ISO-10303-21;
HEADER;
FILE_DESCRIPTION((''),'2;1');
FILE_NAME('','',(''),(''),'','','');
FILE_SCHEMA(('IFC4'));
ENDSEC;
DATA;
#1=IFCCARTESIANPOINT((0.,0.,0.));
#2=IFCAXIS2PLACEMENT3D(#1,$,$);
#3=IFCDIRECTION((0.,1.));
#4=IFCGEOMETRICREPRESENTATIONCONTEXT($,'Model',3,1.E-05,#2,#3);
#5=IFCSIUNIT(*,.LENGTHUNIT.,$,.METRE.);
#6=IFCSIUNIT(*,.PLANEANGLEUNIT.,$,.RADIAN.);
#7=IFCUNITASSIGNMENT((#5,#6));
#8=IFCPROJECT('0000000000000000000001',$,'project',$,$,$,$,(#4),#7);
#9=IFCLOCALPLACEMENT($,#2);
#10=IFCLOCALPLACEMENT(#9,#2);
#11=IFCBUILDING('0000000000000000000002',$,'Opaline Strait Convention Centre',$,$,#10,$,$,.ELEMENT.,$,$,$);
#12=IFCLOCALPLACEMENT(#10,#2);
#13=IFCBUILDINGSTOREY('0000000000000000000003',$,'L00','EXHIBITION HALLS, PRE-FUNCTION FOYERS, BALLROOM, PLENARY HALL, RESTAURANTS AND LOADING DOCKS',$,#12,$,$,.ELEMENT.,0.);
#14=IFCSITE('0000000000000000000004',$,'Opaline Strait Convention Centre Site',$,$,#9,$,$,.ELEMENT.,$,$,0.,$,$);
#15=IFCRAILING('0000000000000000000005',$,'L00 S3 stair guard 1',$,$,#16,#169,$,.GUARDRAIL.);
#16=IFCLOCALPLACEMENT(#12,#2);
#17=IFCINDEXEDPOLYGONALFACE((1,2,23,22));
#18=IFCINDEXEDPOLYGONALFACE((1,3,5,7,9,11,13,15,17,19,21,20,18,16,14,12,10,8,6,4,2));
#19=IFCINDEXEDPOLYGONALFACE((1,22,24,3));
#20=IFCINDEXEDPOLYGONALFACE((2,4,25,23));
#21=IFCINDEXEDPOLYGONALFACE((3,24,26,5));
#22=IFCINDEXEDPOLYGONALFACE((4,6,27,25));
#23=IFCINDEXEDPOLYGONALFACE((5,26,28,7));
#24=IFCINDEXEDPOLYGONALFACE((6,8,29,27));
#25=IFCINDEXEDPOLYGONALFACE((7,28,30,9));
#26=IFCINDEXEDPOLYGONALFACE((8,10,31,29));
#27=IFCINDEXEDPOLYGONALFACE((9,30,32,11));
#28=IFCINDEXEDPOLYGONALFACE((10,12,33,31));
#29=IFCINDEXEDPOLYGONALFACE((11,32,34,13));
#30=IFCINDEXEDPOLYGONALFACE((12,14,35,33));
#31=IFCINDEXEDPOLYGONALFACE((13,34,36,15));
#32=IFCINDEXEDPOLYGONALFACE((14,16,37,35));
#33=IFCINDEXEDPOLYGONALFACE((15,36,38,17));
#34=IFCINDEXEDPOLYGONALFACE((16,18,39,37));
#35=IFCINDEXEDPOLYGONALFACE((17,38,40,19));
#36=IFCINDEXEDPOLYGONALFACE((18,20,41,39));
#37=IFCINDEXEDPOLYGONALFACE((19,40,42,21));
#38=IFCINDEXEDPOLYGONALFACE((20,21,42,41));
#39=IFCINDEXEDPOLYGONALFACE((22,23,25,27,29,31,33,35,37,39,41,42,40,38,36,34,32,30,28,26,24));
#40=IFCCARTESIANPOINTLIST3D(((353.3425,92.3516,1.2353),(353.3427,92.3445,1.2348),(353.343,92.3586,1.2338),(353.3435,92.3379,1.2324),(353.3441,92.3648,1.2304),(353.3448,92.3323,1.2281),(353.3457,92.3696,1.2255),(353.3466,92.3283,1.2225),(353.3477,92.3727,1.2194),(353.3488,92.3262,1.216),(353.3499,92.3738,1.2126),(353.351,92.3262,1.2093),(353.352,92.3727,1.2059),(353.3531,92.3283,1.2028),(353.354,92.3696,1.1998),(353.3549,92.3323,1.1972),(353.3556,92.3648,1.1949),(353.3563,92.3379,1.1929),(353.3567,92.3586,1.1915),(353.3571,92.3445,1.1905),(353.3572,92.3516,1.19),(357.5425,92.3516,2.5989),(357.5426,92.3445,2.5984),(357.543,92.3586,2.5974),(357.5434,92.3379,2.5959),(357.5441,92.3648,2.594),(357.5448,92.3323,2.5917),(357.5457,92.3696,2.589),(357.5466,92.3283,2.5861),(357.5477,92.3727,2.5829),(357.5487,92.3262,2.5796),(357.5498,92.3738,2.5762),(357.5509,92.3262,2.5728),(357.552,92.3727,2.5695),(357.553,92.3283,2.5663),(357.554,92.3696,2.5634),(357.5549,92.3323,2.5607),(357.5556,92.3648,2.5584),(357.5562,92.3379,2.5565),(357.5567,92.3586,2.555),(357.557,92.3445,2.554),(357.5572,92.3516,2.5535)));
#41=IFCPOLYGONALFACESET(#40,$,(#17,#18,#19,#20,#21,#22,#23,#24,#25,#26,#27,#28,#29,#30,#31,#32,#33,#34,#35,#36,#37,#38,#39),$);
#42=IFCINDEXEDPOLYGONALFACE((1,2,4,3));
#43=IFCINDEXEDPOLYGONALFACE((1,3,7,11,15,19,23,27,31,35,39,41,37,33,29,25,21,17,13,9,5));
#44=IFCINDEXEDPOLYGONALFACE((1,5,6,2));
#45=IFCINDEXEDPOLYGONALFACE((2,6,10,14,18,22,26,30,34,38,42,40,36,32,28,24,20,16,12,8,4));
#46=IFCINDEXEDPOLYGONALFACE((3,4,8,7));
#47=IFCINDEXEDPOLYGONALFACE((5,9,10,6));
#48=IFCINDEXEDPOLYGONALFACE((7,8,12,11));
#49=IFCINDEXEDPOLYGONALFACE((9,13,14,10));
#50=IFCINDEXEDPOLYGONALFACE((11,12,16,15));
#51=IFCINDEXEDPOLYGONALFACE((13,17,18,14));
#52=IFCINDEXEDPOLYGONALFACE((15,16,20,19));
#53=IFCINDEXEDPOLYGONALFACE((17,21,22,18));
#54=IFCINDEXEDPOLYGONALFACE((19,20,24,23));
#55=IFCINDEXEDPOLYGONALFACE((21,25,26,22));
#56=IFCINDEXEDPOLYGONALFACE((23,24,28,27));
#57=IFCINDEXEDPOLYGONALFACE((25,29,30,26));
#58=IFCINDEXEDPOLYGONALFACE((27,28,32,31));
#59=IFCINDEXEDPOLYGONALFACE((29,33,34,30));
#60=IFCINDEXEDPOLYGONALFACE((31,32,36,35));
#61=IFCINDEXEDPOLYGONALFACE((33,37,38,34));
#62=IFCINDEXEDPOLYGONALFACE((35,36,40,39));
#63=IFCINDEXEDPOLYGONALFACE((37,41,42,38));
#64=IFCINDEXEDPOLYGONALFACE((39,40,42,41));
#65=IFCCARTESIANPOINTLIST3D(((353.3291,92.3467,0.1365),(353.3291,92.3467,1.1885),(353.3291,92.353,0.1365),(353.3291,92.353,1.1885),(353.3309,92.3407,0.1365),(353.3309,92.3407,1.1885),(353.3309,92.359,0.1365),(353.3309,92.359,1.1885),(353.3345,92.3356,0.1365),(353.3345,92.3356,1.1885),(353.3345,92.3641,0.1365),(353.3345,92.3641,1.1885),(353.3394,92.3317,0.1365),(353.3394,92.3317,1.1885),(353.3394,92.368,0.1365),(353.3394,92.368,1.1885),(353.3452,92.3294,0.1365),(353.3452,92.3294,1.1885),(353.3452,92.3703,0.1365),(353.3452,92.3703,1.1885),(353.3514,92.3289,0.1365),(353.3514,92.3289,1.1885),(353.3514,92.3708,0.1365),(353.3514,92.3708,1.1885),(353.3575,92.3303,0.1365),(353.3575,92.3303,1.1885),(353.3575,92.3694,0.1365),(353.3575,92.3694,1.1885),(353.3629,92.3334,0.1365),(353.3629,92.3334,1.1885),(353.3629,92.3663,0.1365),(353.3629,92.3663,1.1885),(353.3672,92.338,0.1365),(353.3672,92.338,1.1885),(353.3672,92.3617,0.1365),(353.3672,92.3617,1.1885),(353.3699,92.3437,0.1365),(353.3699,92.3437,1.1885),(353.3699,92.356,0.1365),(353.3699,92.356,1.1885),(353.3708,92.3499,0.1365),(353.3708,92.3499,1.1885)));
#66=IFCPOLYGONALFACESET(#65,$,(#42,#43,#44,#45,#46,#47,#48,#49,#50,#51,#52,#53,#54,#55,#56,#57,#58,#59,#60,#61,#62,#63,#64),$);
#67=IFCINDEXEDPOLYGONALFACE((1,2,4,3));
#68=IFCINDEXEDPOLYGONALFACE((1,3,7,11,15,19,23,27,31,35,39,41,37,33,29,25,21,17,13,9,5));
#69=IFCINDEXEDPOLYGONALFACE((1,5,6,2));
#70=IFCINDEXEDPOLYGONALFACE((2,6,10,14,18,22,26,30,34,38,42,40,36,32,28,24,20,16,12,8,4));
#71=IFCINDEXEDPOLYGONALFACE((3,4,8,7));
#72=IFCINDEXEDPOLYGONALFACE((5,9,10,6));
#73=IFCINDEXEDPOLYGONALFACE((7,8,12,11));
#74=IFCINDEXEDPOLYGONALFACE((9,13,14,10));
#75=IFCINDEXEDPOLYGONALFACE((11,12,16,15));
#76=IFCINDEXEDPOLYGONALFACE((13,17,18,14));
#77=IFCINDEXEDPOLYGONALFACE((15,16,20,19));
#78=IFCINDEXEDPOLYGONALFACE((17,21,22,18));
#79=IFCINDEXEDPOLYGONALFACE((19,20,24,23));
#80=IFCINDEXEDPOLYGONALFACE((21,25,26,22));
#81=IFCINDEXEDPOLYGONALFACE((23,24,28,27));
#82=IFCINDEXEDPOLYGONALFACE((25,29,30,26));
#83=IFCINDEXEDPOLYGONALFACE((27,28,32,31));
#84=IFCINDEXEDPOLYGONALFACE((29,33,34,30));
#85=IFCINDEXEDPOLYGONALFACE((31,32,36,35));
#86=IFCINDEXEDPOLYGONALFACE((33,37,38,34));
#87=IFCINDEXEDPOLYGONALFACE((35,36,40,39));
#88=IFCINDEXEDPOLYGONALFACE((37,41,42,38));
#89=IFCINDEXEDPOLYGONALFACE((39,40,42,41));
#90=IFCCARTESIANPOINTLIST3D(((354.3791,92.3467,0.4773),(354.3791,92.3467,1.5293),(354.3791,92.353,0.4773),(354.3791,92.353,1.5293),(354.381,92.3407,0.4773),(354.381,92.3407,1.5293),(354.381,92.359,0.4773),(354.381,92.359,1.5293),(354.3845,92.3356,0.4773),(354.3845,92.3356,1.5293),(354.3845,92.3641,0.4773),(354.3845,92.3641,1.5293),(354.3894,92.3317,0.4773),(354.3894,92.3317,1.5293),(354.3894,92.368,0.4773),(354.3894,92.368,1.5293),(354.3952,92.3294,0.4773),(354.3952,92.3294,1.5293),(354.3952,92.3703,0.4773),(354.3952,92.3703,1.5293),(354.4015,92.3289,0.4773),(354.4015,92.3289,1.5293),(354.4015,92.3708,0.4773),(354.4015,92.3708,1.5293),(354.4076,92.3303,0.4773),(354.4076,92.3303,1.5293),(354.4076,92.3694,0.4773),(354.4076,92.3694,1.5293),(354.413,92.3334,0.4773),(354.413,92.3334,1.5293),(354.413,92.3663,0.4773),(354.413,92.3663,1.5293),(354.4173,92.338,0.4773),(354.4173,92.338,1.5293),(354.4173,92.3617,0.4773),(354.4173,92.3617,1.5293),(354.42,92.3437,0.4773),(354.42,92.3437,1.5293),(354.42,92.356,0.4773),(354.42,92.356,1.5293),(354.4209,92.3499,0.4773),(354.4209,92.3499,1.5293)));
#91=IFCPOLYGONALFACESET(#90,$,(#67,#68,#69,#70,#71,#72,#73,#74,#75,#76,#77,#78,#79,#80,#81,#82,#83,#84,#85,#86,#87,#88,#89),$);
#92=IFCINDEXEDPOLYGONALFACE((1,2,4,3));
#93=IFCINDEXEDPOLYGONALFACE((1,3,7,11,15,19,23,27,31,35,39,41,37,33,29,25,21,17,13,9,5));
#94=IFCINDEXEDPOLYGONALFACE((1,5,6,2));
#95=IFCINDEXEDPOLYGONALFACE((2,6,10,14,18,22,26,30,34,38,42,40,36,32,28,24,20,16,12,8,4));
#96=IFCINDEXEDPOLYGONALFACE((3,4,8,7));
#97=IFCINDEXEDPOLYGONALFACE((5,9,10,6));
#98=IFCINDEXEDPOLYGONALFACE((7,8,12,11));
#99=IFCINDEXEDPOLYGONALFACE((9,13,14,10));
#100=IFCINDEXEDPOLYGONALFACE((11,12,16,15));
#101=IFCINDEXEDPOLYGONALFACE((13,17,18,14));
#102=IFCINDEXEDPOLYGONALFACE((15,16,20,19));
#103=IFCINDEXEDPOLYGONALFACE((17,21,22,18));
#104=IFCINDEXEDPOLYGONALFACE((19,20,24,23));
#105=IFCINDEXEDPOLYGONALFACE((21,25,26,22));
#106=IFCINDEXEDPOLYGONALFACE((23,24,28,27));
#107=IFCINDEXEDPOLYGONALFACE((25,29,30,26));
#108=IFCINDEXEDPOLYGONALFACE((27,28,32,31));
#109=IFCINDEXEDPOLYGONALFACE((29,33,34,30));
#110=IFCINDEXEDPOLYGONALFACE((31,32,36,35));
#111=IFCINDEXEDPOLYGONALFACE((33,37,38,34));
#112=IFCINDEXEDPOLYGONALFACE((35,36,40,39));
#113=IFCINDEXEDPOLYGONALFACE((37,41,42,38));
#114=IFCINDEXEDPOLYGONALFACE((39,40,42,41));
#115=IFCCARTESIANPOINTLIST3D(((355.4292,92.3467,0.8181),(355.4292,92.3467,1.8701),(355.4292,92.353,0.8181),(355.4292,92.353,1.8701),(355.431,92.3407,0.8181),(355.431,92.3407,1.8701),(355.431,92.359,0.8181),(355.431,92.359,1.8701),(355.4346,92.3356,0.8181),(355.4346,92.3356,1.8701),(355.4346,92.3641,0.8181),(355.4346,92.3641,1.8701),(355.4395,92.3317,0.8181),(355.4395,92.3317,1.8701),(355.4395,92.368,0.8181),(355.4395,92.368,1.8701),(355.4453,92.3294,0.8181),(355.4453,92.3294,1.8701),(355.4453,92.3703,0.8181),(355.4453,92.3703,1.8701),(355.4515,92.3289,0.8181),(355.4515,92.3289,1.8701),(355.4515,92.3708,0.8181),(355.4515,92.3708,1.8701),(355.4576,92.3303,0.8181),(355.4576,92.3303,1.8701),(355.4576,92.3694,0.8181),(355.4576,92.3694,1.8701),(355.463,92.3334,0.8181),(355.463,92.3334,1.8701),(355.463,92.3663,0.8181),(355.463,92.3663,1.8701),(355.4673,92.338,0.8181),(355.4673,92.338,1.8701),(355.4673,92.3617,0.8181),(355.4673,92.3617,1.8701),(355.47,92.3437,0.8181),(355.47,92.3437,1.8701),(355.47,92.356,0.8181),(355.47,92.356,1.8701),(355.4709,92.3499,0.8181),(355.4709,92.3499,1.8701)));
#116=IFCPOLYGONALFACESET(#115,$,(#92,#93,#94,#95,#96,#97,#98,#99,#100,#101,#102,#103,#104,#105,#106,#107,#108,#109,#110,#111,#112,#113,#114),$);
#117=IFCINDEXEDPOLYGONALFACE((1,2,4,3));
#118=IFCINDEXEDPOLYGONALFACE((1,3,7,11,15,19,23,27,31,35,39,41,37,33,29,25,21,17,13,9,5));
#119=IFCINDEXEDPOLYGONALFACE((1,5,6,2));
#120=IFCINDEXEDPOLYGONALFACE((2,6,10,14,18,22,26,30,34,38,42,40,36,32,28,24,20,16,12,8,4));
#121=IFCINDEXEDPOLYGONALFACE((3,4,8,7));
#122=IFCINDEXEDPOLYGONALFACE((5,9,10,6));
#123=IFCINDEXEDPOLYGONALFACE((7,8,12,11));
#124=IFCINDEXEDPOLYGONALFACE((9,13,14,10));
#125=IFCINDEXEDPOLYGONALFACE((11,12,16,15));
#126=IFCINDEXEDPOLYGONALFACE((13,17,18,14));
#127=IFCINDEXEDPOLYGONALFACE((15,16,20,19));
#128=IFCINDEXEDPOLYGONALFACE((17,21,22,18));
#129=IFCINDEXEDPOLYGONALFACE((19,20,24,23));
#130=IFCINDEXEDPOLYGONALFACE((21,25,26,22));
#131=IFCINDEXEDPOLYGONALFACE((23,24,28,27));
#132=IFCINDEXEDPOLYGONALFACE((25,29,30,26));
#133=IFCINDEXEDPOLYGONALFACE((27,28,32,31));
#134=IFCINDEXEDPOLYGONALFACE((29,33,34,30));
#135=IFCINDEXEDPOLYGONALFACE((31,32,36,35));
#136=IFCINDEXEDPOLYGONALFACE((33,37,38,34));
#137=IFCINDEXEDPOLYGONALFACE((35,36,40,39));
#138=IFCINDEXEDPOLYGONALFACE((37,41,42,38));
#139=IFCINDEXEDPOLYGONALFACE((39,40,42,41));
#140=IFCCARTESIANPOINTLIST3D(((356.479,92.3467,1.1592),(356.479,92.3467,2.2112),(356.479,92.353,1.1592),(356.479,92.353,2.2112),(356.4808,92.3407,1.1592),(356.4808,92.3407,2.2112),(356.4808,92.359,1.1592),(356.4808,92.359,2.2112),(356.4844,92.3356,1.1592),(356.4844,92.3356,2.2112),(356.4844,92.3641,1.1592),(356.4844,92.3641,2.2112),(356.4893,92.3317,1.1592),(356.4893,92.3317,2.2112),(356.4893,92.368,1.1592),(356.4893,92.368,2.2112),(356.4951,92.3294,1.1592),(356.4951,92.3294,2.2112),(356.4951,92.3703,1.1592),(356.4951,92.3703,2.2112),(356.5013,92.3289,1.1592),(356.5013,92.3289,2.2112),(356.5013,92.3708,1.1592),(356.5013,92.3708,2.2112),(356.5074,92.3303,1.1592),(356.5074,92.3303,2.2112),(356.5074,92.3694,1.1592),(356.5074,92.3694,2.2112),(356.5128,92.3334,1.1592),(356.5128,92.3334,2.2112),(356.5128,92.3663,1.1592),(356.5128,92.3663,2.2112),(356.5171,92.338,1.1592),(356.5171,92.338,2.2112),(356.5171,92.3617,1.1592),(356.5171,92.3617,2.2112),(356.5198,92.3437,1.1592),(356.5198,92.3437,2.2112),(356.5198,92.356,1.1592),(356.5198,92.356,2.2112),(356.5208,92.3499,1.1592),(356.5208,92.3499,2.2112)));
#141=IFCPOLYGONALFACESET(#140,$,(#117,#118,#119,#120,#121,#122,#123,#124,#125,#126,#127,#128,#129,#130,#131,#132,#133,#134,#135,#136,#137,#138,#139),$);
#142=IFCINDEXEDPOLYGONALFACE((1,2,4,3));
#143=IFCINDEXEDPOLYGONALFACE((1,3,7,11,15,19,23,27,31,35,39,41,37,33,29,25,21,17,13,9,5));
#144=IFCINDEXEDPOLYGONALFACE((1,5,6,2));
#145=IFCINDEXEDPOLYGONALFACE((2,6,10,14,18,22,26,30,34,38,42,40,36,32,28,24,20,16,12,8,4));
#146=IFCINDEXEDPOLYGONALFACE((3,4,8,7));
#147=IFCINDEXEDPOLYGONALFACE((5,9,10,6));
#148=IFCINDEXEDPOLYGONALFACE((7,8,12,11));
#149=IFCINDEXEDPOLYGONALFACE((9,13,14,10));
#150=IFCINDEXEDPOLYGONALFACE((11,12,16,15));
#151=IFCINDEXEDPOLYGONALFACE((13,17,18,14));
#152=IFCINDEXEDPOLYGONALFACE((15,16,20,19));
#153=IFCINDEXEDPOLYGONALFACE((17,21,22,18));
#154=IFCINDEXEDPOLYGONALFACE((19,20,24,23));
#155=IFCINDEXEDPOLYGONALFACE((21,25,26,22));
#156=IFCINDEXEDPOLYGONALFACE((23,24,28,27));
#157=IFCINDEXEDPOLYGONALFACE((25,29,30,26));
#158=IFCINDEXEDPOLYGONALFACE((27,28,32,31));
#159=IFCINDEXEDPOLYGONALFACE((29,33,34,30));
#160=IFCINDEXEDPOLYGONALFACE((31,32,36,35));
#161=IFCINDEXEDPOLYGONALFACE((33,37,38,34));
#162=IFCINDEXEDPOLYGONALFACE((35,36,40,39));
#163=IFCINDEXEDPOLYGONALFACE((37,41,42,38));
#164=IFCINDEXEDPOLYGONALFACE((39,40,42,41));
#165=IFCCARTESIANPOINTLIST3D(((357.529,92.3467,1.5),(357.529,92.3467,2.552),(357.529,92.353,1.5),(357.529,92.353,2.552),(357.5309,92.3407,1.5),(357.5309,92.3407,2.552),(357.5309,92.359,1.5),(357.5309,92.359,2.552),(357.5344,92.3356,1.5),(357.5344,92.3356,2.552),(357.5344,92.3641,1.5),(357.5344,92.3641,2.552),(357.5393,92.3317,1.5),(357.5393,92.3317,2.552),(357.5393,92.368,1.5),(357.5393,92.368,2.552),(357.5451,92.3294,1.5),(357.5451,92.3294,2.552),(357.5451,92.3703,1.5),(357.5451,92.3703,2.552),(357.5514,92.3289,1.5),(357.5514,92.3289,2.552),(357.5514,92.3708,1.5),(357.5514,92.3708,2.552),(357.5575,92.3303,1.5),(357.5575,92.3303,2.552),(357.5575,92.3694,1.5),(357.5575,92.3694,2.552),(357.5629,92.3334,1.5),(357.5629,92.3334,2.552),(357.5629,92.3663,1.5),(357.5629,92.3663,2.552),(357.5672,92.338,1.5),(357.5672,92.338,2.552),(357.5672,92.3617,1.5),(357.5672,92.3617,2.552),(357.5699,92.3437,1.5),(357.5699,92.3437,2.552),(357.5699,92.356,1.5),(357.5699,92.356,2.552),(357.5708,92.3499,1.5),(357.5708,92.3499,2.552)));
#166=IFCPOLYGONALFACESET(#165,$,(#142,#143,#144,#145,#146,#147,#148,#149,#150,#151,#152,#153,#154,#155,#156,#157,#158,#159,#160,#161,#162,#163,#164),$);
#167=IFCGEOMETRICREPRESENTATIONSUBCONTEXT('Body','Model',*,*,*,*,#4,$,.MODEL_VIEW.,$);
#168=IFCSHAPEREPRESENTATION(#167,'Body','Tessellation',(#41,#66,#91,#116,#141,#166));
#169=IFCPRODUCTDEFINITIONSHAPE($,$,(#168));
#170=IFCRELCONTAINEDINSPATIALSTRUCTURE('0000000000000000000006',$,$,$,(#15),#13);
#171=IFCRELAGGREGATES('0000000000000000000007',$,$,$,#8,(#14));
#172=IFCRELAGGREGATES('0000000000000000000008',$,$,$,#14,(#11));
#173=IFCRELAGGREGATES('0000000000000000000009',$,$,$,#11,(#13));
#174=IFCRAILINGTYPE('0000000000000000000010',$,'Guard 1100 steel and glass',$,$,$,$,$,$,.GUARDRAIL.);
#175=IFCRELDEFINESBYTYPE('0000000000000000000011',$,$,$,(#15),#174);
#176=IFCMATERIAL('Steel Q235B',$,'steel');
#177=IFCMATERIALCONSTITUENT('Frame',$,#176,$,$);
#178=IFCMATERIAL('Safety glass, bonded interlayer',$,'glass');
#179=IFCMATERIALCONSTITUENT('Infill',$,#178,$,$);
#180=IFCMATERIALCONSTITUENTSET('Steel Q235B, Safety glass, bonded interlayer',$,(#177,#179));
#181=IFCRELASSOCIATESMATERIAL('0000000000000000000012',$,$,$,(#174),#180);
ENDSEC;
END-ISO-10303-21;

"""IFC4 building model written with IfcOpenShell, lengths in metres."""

from ifc_helpers import new_model, si_unit, direction, frame, origin, origin_2d, place, context, subcontext, project, spatial, circle, extrude, material, constituent, constituent_set, type_object, element, save


model = new_model("IFC4")

# Units and contexts
model_context = context("Model", 3, precision=1e-05, world=origin(), true_north=direction((0.0, 1.0)))
body_context = subcontext(model_context, "Body", "Model", "MODEL_VIEW")
ifc_project = project(units=[si_unit("LENGTHUNIT", "METRE"), si_unit("PLANEANGLEUNIT", "RADIAN")], contexts=[model_context])

# Site, building, storey
site_placement = place(None, origin())
site = spatial("IfcSite", under=ifc_project, at=site_placement, Name="Opaline Strait Convention Centre Site", CompositionType="ELEMENT", RefElevation=0.0)
building_placement = place(site_placement, origin())
building = spatial("IfcBuilding", under=site, at=building_placement, Name="Opaline Strait Convention Centre", CompositionType="ELEMENT")
storey_placement = place(building_placement, origin())
storey = spatial("IfcBuildingStorey", under=building, at=storey_placement, Name="L00", Description="EXHIBITION HALLS, PRE-FUNCTION FOYERS, BALLROOM, PLENARY HALL, RESTAURANTS AND LOADING DOCKS", CompositionType="ELEMENT", Elevation=0.0)

# Shared definitions
ifc_material_1 = material(Name="Steel Q235B", Category="steel")

# Railing
ifc_constituent_1 = constituent(ifc_material_1, Name="Frame")
ifc_material_2 = material(Name="Safety glass, bonded interlayer", Category="glass")
ifc_constituent_2 = constituent(ifc_material_2, Name="Infill")
ifc_constituent_set = constituent_set(constituents=[ifc_constituent_1, ifc_constituent_2], Name="Steel Q235B, Safety glass, bonded interlayer")
railing_type = type_object("IfcRailingType", Name="Guard 1100 steel and glass", PredefinedType="GUARDRAIL", material=ifc_constituent_set)
railing_1_placement = place(storey_placement, frame((353.3499, 92.3499, 0.1365)))
element("IfcRailing", 1, at=railing_1_placement, inside=storey, type_object=railing_type, Name="L00 S3 stair guard 1", PredefinedType="GUARDRAIL", context=body_context, shape_type="SweptSolid", body=[
    extrude(circle(Radius=0.0239, at=origin_2d()), frame((0.0, 0.0, 1.0762), z_axis=(0.951131, 0.0, 0.308787), x_axis=(0.0, 1.0, 0.0)), (0.0, 0.0, 1.0), 4.4158),
    extrude(circle(Radius=0.021, at=origin_2d()), origin(), (0.0, 0.0, 1.0), 1.052),
    extrude(circle(Radius=0.021, at=origin_2d()), frame((1.05, 0.0, 0.3408)), (0.0, 0.0, 1.0), 1.052),
    extrude(circle(Radius=0.021, at=origin_2d()), frame((2.1001, 0.0, 0.6816)), (0.0, 0.0, 1.0), 1.052),
    extrude(circle(Radius=0.021, at=origin_2d()), frame((3.1499, 0.0, 1.0227)), (0.0, 0.0, 1.0), 1.052),
    extrude(circle(Radius=0.021, at=origin_2d()), frame((4.2, 0.0, 1.3635)), (0.0, 0.0, 1.0), 1.052),
])

save(model, "model.ifc")
